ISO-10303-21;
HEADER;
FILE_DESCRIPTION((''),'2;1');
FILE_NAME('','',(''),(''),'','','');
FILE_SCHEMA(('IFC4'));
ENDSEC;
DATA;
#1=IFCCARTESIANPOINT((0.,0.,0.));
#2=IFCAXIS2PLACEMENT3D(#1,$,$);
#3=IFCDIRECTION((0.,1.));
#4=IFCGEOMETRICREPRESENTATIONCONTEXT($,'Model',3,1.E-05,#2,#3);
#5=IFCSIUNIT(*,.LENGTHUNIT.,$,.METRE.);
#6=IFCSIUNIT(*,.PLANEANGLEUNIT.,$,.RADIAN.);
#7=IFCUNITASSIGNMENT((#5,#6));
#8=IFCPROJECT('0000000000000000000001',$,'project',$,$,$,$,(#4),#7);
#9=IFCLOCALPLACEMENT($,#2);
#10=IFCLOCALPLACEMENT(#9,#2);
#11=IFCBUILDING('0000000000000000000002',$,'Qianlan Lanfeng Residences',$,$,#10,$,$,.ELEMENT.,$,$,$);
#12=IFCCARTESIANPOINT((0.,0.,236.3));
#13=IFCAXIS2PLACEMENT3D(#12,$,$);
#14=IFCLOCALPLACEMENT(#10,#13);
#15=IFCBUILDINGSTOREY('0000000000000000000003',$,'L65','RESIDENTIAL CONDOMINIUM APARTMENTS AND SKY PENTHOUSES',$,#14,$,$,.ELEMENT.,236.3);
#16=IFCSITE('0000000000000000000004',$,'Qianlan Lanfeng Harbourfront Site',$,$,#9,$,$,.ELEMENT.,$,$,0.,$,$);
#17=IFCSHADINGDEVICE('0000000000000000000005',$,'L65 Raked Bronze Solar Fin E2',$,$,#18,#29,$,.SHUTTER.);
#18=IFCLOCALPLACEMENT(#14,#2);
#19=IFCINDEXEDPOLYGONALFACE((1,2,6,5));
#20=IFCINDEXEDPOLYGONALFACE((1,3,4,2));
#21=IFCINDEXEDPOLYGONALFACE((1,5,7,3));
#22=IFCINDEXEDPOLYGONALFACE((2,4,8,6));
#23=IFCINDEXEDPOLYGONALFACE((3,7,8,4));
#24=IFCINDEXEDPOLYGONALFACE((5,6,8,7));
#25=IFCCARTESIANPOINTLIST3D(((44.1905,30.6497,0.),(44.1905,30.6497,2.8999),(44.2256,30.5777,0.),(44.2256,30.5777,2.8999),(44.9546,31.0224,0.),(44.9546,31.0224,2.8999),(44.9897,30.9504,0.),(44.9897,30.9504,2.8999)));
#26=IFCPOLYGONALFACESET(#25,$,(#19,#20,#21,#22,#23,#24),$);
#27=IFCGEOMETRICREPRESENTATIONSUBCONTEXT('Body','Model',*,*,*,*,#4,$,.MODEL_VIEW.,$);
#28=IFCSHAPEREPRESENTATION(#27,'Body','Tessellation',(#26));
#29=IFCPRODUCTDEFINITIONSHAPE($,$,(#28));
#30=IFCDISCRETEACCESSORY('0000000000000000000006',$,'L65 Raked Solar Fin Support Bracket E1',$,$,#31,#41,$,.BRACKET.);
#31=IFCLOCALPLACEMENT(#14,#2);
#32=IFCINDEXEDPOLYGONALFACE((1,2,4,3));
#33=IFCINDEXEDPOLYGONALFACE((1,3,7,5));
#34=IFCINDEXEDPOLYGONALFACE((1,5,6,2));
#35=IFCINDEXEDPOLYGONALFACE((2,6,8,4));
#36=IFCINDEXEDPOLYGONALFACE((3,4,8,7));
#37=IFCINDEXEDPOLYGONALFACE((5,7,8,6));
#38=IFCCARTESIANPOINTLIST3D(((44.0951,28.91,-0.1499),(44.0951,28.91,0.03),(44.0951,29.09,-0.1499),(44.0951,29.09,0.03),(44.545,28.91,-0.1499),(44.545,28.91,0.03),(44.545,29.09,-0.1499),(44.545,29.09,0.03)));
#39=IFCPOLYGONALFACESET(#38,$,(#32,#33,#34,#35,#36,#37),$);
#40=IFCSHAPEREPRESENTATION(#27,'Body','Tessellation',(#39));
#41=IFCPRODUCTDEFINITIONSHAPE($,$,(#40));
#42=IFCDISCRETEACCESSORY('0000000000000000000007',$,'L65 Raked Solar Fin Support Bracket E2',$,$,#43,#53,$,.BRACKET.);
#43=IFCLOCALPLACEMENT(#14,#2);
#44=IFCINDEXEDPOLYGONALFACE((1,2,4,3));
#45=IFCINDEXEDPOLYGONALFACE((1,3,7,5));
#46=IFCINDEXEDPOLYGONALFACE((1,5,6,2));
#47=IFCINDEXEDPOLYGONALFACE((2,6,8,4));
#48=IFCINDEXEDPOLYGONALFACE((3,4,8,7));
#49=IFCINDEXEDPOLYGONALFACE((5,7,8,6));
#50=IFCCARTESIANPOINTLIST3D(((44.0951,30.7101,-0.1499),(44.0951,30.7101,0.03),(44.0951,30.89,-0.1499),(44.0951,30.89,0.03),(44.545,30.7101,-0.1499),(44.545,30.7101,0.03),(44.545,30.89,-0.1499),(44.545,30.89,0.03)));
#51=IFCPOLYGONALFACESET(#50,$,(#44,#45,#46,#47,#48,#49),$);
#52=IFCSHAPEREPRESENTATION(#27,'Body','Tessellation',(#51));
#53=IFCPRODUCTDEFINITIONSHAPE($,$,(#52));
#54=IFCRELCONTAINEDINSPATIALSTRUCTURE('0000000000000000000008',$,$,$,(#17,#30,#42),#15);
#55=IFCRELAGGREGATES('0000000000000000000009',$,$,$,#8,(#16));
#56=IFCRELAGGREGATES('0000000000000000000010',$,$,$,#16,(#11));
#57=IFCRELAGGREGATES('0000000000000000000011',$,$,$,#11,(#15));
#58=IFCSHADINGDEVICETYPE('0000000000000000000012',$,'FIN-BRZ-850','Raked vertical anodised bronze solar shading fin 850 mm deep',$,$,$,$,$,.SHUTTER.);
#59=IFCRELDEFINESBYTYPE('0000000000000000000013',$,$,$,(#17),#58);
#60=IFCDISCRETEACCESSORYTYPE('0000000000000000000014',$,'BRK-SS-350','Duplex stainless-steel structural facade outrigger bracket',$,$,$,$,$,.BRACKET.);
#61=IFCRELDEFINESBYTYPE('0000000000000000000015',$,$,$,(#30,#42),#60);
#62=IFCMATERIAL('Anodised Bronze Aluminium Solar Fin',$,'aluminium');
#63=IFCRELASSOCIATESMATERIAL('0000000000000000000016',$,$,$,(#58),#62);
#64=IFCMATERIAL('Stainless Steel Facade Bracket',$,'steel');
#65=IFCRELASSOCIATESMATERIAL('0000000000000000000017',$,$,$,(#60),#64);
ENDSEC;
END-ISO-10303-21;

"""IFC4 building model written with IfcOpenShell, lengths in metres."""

from ifc_helpers import new_model, si_unit, direction, frame, origin, origin_2d, place, context, subcontext, project, spatial, rectangle, extrude, source, transform, mapped, material, type_object, element, save


model = new_model("IFC4")

# Units and contexts
model_context = context("Model", 3, precision=1e-05, world=origin(), true_north=direction((0.0, 1.0)))
body_context = subcontext(model_context, "Body", "Model", "MODEL_VIEW")
ifc_project = project(units=[si_unit("LENGTHUNIT", "METRE"), si_unit("PLANEANGLEUNIT", "RADIAN")], contexts=[model_context])

# Site, building, storey
site_placement = place(None, origin())
site = spatial("IfcSite", under=ifc_project, at=site_placement, Name="Qianlan Lanfeng Harbourfront Site", CompositionType="ELEMENT", RefElevation=0.0)
building_placement = place(site_placement, origin())
building = spatial("IfcBuilding", under=site, at=building_placement, Name="Qianlan Lanfeng Residences", CompositionType="ELEMENT")
storey_placement = place(building_placement, frame((0.0, 0.0, 236.3)))
storey = spatial("IfcBuildingStorey", under=building, at=storey_placement, Name="L65", Description="RESIDENTIAL CONDOMINIUM APARTMENTS AND SKY PENTHOUSES", CompositionType="ELEMENT", Elevation=236.3)

# Shading device
ifc_material_1 = material(Name="Anodised Bronze Aluminium Solar Fin", Category="aluminium")
shading_device_type = type_object("IfcShadingDeviceType", Name="FIN-BRZ-850", Description="Raked vertical anodised bronze solar shading fin 850 mm deep", PredefinedType="SHUTTER", material=ifc_material_1)
shared_shape_1 = source(origin(), body_context, "Body", "SweptSolid", [
    extrude(rectangle(XDim=0.8501, YDim=0.0801, at=origin_2d()), origin(), (0.0, 0.0, 1.0), 2.8999),
])
for number, where, z_axis, x_axis, name in (
    (1, (44.5901, 30.8, 0.0), (0.0, 0.0, 1.0), (0.898794, 0.438371, 0.0), "L65 Raked Bronze Solar Fin E2"),
):
    element("IfcShadingDevice", number, at=place(storey_placement, frame(where, z_axis=z_axis, x_axis=x_axis)), inside=storey, type_object=shading_device_type, Name=name, PredefinedType="SHUTTER", context=body_context, shape_type="MappedRepresentation", body=[
        mapped(shared_shape_1, transform((0.0, 0.0, 0.0), scale=1.0)),
    ])

# Discrete accessories
ifc_material_2 = material(Name="Stainless Steel Facade Bracket", Category="steel")
discrete_accessory_type = type_object("IfcDiscreteAccessoryType", Name="BRK-SS-350", Description="Duplex stainless-steel structural facade outrigger bracket", PredefinedType="BRACKET", material=ifc_material_2)
shared_shape_2 = source(origin(), body_context, "Body", "SweptSolid", [
    extrude(rectangle(XDim=0.45, YDim=0.1799, at=origin_2d()), origin(), (0.0, 0.0, 1.0), 0.1799),
])
for number, where, z_axis, x_axis, name in (
    (2, (44.3201, 29.0, -0.1499), (0.0, 0.0, 1.0), (1.0, 0.0, 0.0), "L65 Raked Solar Fin Support Bracket E1"),
    (3, (44.3201, 30.8, -0.1499), (0.0, 0.0, 1.0), (1.0, 0.0, 0.0), "L65 Raked Solar Fin Support Bracket E2"),
):
    element("IfcDiscreteAccessory", number, at=place(storey_placement, frame(where, z_axis=z_axis, x_axis=x_axis)), inside=storey, type_object=discrete_accessory_type, Name=name, PredefinedType="BRACKET", context=body_context, shape_type="MappedRepresentation", body=[
        mapped(shared_shape_2, transform((0.0, 0.0, 0.0), scale=1.0)),
    ])

save(model, "model.ifc")
